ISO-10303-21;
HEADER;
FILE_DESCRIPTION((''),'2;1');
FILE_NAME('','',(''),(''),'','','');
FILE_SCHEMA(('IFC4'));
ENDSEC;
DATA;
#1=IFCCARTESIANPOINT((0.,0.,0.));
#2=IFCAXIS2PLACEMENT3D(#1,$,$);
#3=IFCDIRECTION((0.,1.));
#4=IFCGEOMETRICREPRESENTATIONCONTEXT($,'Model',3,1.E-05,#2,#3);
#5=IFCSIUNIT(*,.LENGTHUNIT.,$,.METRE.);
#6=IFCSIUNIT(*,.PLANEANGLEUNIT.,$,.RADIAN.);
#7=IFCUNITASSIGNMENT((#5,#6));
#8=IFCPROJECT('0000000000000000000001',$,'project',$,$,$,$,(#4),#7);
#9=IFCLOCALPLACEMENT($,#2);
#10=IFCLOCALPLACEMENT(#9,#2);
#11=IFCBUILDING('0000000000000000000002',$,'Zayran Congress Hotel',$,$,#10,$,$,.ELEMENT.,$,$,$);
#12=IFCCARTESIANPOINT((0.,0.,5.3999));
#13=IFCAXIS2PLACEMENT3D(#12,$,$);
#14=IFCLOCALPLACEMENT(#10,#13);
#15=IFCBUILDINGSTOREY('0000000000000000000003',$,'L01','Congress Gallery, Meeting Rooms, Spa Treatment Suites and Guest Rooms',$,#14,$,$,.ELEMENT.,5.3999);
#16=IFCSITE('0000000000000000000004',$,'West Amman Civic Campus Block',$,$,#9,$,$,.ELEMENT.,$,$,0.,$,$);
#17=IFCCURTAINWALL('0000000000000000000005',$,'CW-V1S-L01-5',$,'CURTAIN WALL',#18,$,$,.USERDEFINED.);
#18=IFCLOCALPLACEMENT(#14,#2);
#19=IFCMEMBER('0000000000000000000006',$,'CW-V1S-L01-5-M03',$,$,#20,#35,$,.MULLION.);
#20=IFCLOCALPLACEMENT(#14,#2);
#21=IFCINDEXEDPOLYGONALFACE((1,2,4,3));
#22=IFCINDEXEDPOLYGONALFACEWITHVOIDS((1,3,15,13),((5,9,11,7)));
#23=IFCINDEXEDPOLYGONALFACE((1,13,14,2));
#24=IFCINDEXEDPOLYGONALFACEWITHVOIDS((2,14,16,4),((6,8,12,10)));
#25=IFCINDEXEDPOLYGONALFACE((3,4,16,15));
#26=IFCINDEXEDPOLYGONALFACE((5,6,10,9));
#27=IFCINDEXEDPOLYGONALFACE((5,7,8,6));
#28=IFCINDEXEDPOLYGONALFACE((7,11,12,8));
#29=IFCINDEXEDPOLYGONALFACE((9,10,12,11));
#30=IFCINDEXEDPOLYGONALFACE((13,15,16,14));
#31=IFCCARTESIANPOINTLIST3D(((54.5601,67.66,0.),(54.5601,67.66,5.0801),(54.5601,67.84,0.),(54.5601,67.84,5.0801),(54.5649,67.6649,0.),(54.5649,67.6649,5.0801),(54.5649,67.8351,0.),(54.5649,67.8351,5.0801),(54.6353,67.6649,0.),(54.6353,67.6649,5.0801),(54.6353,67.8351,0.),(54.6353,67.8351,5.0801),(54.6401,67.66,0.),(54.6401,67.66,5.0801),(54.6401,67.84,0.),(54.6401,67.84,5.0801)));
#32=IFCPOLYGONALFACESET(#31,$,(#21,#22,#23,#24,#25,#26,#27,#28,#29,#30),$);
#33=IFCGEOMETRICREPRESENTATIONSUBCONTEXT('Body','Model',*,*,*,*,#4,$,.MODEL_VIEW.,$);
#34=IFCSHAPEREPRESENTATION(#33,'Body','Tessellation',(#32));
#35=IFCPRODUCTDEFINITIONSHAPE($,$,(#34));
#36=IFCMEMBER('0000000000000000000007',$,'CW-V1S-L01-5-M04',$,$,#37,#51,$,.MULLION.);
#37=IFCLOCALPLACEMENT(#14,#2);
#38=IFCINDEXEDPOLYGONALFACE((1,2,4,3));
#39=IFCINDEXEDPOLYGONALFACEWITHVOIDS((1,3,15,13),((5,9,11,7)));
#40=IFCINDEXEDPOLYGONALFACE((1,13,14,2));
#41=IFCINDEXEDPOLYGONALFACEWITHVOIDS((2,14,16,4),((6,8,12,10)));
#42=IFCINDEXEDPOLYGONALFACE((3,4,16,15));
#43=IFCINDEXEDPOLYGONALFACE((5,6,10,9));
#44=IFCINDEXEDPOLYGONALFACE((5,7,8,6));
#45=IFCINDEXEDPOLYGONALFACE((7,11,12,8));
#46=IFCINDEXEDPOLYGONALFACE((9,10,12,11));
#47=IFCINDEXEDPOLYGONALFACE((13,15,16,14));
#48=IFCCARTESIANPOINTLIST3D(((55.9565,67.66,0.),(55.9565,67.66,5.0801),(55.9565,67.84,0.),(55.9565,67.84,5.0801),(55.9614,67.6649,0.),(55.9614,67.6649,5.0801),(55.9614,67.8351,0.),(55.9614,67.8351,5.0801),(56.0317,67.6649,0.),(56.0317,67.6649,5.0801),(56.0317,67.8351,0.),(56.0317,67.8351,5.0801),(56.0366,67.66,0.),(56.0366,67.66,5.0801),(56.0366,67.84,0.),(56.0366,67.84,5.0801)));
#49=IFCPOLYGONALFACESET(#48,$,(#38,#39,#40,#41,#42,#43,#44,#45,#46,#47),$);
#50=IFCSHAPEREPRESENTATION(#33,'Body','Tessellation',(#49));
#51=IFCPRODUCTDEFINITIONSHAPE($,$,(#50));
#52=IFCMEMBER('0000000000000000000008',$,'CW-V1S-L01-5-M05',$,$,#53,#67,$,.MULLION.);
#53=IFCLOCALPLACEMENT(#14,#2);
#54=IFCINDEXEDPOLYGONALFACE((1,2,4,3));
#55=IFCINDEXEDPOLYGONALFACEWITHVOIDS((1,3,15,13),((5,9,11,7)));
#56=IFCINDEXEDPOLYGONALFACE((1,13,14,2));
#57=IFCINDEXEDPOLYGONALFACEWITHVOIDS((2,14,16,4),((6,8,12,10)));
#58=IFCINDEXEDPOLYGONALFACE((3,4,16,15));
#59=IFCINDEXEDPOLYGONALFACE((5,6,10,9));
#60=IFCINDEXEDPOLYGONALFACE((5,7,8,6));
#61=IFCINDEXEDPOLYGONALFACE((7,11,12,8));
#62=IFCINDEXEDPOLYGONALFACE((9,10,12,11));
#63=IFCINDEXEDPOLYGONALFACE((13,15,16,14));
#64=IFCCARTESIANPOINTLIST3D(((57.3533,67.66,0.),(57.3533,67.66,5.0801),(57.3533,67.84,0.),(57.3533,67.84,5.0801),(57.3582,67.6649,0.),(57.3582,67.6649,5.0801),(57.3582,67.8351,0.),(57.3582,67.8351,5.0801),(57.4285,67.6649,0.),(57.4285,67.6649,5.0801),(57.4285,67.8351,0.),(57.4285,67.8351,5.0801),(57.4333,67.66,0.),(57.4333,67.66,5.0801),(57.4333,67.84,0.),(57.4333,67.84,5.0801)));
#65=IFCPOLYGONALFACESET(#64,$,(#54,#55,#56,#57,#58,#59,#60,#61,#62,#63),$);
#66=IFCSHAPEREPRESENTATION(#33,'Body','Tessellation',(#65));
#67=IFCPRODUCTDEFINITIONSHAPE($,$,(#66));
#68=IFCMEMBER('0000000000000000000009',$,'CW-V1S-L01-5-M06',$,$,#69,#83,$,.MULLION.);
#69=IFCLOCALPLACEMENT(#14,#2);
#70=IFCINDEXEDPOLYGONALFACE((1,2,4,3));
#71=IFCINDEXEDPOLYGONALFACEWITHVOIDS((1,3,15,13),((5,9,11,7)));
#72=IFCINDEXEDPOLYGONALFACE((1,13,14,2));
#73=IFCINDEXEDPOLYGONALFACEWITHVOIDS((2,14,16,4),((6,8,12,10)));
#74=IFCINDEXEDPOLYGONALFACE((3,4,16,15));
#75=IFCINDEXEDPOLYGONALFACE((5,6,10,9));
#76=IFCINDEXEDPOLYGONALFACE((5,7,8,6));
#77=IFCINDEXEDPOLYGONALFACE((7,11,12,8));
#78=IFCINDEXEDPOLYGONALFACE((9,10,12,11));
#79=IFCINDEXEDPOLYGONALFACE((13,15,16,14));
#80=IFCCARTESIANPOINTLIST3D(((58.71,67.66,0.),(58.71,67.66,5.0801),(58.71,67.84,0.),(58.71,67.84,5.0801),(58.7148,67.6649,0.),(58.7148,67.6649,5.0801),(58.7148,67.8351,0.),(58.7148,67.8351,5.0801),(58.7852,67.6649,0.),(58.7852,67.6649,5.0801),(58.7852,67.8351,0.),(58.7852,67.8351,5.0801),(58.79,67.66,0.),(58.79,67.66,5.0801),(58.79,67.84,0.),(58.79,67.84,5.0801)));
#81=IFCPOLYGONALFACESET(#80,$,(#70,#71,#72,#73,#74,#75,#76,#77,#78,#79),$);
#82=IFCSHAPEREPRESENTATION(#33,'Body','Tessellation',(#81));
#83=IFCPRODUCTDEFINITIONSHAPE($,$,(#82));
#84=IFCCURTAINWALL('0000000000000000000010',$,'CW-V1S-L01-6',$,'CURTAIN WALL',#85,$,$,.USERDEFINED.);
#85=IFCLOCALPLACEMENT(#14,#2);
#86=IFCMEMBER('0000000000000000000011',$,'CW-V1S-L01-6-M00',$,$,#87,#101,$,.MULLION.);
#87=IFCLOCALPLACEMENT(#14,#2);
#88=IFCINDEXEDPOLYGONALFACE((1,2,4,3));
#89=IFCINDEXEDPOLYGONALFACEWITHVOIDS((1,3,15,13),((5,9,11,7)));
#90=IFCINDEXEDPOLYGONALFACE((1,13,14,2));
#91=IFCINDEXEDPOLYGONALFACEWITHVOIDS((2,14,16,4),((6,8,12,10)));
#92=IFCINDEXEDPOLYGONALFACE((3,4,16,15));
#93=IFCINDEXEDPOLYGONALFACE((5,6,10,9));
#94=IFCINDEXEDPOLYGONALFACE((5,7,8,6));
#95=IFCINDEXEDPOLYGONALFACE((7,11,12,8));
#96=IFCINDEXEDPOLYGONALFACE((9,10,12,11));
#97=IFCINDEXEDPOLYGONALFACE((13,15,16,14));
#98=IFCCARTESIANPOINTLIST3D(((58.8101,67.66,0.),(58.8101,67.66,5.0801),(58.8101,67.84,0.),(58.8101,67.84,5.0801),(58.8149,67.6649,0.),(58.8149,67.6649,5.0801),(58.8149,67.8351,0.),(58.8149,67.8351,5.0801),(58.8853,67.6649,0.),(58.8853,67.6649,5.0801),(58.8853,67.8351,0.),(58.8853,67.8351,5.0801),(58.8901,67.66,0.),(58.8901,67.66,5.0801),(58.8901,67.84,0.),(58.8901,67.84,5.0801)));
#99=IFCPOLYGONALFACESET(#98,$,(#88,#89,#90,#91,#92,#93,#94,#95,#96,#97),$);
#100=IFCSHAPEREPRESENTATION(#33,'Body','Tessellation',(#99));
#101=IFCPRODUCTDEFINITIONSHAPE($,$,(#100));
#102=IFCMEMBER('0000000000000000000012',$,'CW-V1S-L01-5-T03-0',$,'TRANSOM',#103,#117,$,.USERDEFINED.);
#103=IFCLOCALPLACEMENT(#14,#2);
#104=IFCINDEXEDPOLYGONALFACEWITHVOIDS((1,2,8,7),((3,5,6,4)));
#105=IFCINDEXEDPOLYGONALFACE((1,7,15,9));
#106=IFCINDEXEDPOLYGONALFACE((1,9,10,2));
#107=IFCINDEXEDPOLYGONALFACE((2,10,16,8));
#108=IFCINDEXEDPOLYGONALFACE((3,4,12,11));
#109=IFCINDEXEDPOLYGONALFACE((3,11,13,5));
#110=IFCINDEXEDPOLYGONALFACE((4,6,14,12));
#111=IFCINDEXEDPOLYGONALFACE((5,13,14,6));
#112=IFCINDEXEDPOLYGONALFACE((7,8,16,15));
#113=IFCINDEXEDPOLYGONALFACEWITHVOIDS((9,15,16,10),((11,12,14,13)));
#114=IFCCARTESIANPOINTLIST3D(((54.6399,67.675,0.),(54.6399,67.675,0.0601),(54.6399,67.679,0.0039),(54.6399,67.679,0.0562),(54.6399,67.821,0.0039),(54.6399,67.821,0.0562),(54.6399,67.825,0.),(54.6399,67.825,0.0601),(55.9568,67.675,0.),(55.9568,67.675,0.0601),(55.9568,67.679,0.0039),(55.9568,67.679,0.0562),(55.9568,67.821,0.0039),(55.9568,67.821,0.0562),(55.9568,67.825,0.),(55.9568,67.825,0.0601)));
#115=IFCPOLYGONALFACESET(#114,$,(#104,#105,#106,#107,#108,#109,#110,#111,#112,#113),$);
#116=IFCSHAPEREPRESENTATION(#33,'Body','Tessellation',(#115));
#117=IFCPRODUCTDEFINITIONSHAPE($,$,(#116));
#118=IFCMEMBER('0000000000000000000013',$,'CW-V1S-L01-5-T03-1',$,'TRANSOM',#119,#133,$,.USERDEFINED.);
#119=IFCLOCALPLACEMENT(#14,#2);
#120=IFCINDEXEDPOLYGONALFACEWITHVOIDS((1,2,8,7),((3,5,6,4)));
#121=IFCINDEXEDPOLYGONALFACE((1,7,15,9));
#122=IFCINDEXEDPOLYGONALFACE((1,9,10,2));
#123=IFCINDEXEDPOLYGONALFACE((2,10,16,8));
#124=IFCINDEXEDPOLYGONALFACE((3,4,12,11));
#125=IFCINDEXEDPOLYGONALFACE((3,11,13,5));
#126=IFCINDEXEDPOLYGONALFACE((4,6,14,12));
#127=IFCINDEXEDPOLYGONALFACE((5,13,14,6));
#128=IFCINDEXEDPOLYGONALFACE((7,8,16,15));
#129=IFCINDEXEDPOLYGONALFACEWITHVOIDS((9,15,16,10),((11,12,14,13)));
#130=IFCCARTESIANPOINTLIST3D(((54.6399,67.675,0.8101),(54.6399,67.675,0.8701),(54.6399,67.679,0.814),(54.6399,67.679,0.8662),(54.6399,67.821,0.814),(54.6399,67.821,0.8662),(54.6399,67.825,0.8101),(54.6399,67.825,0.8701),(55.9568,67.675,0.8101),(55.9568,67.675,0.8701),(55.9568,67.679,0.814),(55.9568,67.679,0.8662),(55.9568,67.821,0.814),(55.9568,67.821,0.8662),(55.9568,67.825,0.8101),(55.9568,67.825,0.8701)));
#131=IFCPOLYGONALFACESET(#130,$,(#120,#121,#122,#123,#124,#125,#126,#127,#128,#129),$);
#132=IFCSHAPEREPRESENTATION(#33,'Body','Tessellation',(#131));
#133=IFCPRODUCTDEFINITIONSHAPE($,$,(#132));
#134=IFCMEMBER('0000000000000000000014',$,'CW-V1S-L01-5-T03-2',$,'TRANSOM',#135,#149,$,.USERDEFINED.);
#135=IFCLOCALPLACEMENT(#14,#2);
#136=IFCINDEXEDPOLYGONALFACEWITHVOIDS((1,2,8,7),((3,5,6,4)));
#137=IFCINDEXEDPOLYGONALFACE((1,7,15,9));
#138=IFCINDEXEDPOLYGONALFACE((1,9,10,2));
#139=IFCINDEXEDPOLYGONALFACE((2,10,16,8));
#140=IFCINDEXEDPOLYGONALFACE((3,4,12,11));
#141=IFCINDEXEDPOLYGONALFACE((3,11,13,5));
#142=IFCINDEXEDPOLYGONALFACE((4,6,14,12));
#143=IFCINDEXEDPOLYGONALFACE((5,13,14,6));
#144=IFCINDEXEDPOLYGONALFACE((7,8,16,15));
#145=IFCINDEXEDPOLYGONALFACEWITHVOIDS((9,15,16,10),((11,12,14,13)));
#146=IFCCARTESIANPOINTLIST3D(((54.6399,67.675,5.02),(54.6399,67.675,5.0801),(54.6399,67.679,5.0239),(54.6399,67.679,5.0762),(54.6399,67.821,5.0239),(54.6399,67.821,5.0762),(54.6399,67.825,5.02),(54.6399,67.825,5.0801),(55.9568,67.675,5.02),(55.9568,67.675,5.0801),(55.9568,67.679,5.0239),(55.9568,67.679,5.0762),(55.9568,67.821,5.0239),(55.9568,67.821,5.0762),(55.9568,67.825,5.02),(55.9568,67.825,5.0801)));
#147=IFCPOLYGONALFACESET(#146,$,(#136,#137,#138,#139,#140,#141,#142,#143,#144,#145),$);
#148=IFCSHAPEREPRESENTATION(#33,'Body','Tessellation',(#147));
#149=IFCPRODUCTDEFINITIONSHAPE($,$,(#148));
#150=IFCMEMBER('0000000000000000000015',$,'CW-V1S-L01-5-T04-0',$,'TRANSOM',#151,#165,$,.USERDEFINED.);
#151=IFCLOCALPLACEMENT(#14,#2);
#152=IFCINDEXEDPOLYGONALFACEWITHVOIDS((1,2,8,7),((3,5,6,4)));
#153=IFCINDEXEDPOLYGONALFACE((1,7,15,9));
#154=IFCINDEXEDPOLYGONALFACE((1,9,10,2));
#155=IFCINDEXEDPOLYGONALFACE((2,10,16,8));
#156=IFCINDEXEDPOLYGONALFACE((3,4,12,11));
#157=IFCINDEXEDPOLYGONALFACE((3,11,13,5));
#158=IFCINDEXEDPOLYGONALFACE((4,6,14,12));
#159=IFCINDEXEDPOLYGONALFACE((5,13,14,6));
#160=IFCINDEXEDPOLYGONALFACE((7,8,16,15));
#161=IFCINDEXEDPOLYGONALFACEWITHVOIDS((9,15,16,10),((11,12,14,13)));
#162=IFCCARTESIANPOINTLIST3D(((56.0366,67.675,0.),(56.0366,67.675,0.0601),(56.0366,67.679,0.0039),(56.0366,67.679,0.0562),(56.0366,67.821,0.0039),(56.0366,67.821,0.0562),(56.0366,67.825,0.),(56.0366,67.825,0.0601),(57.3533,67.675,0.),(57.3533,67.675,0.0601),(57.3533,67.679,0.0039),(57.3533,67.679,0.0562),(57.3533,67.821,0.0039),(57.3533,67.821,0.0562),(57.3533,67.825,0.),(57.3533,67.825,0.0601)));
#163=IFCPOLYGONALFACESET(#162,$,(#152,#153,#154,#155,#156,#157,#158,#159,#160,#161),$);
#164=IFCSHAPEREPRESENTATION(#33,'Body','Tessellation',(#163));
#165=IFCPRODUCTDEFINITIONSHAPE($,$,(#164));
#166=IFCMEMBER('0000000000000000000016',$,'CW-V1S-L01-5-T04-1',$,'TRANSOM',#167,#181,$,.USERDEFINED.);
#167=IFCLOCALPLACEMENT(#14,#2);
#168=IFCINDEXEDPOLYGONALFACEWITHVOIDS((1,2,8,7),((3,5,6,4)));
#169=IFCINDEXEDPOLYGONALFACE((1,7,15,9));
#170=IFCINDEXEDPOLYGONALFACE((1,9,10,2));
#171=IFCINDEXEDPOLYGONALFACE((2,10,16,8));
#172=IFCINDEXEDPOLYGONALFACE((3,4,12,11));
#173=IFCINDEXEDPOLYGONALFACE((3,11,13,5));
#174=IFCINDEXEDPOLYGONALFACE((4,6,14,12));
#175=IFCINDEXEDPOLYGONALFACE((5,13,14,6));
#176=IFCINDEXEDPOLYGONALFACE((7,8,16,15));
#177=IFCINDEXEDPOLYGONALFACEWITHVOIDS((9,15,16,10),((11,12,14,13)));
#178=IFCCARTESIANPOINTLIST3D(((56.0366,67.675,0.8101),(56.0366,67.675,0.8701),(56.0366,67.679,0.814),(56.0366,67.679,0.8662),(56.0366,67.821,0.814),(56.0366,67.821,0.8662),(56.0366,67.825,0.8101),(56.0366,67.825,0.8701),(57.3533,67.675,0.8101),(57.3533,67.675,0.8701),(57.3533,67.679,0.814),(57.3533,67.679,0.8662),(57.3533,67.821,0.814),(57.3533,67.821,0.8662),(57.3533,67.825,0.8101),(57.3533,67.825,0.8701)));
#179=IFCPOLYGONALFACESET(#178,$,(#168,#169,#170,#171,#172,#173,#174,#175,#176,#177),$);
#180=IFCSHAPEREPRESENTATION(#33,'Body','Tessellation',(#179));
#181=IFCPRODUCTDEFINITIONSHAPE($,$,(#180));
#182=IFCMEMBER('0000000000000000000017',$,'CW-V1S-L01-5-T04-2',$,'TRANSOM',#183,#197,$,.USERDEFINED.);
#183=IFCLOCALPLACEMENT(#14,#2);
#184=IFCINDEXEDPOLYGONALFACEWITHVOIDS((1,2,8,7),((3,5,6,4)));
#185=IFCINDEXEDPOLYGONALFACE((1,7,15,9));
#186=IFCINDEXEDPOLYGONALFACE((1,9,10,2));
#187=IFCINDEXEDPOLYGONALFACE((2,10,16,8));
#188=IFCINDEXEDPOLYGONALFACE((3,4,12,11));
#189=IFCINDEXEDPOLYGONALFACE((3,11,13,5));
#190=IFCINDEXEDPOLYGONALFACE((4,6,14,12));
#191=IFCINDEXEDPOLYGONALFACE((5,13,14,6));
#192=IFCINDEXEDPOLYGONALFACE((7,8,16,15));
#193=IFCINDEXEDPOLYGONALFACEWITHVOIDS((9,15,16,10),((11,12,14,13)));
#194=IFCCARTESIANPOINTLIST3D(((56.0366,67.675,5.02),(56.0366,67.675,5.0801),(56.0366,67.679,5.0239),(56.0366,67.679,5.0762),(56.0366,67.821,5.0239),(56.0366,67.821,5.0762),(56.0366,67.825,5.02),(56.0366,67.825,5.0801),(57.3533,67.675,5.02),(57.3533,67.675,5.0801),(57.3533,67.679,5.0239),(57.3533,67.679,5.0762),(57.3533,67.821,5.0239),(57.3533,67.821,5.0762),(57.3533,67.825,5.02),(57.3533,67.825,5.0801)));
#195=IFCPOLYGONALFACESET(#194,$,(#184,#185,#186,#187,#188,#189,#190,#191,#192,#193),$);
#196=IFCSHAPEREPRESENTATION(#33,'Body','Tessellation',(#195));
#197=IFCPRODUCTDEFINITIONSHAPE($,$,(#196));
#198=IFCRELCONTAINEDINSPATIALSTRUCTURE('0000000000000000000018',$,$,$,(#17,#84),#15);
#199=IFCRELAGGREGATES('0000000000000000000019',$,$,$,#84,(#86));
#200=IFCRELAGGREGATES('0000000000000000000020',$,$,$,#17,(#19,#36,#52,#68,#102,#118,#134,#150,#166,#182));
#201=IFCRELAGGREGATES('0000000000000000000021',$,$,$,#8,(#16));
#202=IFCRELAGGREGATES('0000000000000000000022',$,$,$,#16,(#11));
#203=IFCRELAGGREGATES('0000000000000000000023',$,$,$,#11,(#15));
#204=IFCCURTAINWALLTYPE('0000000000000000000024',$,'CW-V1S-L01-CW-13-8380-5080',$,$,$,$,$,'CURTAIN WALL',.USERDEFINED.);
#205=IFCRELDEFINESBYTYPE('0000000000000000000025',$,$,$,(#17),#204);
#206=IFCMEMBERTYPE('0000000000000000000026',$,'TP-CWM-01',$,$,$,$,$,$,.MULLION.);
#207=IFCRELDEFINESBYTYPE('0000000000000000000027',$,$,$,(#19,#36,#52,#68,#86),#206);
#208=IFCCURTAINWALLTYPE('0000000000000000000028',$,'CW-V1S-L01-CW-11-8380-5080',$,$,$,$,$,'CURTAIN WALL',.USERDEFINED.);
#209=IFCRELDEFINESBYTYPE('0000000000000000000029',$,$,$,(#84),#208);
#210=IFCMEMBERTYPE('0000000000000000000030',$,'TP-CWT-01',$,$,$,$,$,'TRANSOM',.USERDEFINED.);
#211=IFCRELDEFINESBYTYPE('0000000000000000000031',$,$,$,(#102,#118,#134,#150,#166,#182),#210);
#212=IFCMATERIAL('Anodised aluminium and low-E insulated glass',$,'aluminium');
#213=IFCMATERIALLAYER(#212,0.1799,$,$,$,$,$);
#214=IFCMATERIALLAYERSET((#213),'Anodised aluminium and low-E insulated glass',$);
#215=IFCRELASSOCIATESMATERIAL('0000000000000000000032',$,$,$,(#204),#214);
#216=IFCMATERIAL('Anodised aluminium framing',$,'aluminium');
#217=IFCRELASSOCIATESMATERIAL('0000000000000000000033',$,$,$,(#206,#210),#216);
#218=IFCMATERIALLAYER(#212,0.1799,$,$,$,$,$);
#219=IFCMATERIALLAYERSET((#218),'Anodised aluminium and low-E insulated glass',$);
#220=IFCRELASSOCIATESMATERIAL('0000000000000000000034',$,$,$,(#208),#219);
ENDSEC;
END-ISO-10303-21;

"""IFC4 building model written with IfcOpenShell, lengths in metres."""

from ifc_helpers import new_model, si_unit, direction, frame, origin, origin_2d, place, context, subcontext, project, spatial, hollow_rectangle, extrude, material, layer, layer_set, material_profile, profile_set, type_object, element, aggregate, save


model = new_model("IFC4")

# Units and contexts
model_context = context("Model", 3, precision=1e-05, world=origin(), true_north=direction((0.0, 1.0)))
body_context = subcontext(model_context, "Body", "Model", "MODEL_VIEW")
ifc_project = project(units=[si_unit("LENGTHUNIT", "METRE"), si_unit("PLANEANGLEUNIT", "RADIAN")], contexts=[model_context])

# Site, building, storey
site_placement = place(None, origin())
site = spatial("IfcSite", under=ifc_project, at=site_placement, Name="West Amman Civic Campus Block", CompositionType="ELEMENT", RefElevation=0.0)
building_placement = place(site_placement, origin())
building = spatial("IfcBuilding", under=site, at=building_placement, Name="Zayran Congress Hotel", CompositionType="ELEMENT")
storey_placement = place(building_placement, frame((0.0, 0.0, 5.3999)))
storey = spatial("IfcBuildingStorey", under=building, at=storey_placement, Name="L01", Description="Congress Gallery, Meeting Rooms, Spa Treatment Suites and Guest Rooms", CompositionType="ELEMENT", Elevation=5.3999)

# Curtain wall, members
ifc_material_1 = material(Name="Anodised aluminium and low-E insulated glass", Category="aluminium")
ifc_layer_1 = layer(ifc_material_1, 0.1799)
ifc_layer_set_1 = layer_set([ifc_layer_1], Name="Anodised aluminium and low-E insulated glass")
curtain_wall_type_1 = type_object("IfcCurtainWallType", Name="CW-V1S-L01-CW-13-8380-5080", ElementType="CURTAIN WALL", PredefinedType="USERDEFINED", material=ifc_layer_set_1)
curtain_wall_1_placement = place(storey_placement, origin())
curtain_wall_1 = element("IfcCurtainWall", 1, at=curtain_wall_1_placement, inside=storey, type_object=curtain_wall_type_1, Name="CW-V1S-L01-5", ObjectType="CURTAIN WALL", PredefinedType="USERDEFINED")
ifc_material_2 = material(Name="Anodised aluminium framing", Category="aluminium")
ifc_material_profile_1 = material_profile(ifc_material_2, hollow_rectangle(XDim=0.0801, YDim=0.1799, WallThickness=0.0049, at=origin_2d()), Name="RHS 180x80x5")
ifc_profile_set_1 = profile_set([ifc_material_profile_1], Name="Anodised aluminium framing")
member_type_1 = type_object("IfcMemberType", Name="TP-CWM-01", PredefinedType="MULLION", material=ifc_profile_set_1)
member_1_placement = place(storey_placement, frame((54.6001, 67.75, 0.0), z_axis=(0.0, 0.0, 1.0), x_axis=(1.0, 0.0, 0.0)))
member_1 = element("IfcMember", 2, at=member_1_placement, type_object=member_type_1, Name="CW-V1S-L01-5-M03", PredefinedType="MULLION", context=body_context, shape_type="SweptSolid", body=[
    extrude(hollow_rectangle(XDim=0.0801, YDim=0.1799, WallThickness=0.0049, at=origin_2d()), origin(), (0.0, 0.0, 1.0), 5.0801),
])
member_2_placement = place(storey_placement, frame((55.9966, 67.75, 0.0), z_axis=(0.0, 0.0, 1.0), x_axis=(1.0, 0.0, 0.0)))
member_2 = element("IfcMember", 3, at=member_2_placement, type_object=member_type_1, Name="CW-V1S-L01-5-M04", PredefinedType="MULLION", context=body_context, shape_type="SweptSolid", body=[
    extrude(hollow_rectangle(XDim=0.0801, YDim=0.1799, WallThickness=0.0049, at=origin_2d()), origin(), (0.0, 0.0, 1.0), 5.0801),
])
member_3_placement = place(storey_placement, frame((57.3933, 67.75, 0.0), z_axis=(0.0, 0.0, 1.0), x_axis=(1.0, 0.0, 0.0)))
member_3 = element("IfcMember", 4, at=member_3_placement, type_object=member_type_1, Name="CW-V1S-L01-5-M05", PredefinedType="MULLION", context=body_context, shape_type="SweptSolid", body=[
    extrude(hollow_rectangle(XDim=0.0801, YDim=0.1799, WallThickness=0.0049, at=origin_2d()), origin(), (0.0, 0.0, 1.0), 5.0801),
])
member_4_placement = place(storey_placement, frame((58.75, 67.75, 0.0), z_axis=(0.0, 0.0, 1.0), x_axis=(1.0, 0.0, 0.0)))
member_4 = element("IfcMember", 5, at=member_4_placement, type_object=member_type_1, Name="CW-V1S-L01-5-M06", PredefinedType="MULLION", context=body_context, shape_type="SweptSolid", body=[
    extrude(hollow_rectangle(XDim=0.0801, YDim=0.1799, WallThickness=0.0049, at=origin_2d()), origin(), (0.0, 0.0, 1.0), 5.0801),
])

# Curtain wall, member
ifc_layer_2 = layer(ifc_material_1, 0.1799)
ifc_layer_set_2 = layer_set([ifc_layer_2], Name="Anodised aluminium and low-E insulated glass")
curtain_wall_type_2 = type_object("IfcCurtainWallType", Name="CW-V1S-L01-CW-11-8380-5080", ElementType="CURTAIN WALL", PredefinedType="USERDEFINED", material=ifc_layer_set_2)
curtain_wall_2_placement = place(storey_placement, origin())
curtain_wall_2 = element("IfcCurtainWall", 6, at=curtain_wall_2_placement, inside=storey, type_object=curtain_wall_type_2, Name="CW-V1S-L01-6", ObjectType="CURTAIN WALL", PredefinedType="USERDEFINED")
member_5_placement = place(storey_placement, frame((58.8501, 67.75, 0.0), z_axis=(0.0, 0.0, 1.0), x_axis=(1.0, 0.0, 0.0)))
member_5 = element("IfcMember", 7, at=member_5_placement, type_object=member_type_1, Name="CW-V1S-L01-6-M00", PredefinedType="MULLION", context=body_context, shape_type="SweptSolid", body=[
    extrude(hollow_rectangle(XDim=0.0801, YDim=0.1799, WallThickness=0.0049, at=origin_2d()), origin(), (0.0, 0.0, 1.0), 5.0801),
])

# Members
ifc_material_profile_2 = material_profile(ifc_material_2, hollow_rectangle(XDim=0.0601, YDim=0.1499, WallThickness=0.0039, at=origin_2d()), Name="RHS 150x60x4")
ifc_profile_set_2 = profile_set([ifc_material_profile_2], Name="Anodised aluminium framing")
member_type_2 = type_object("IfcMemberType", Name="TP-CWT-01", ElementType="TRANSOM", PredefinedType="USERDEFINED", material=ifc_profile_set_2)
member_6_placement = place(storey_placement, frame((54.6399, 67.75, 0.03), z_axis=(1.0, 0.0, 0.0), x_axis=(0.0, 0.0, 1.0)))
member_6 = element("IfcMember", 8, at=member_6_placement, type_object=member_type_2, Name="CW-V1S-L01-5-T03-0", ObjectType="TRANSOM", PredefinedType="USERDEFINED", context=body_context, shape_type="SweptSolid", body=[
    extrude(hollow_rectangle(XDim=0.0601, YDim=0.1499, WallThickness=0.0039, at=origin_2d()), origin(), (0.0, 0.0, 1.0), 1.3169),
])
member_7_placement = place(storey_placement, frame((54.6399, 67.75, 0.8401), z_axis=(1.0, 0.0, 0.0), x_axis=(0.0, 0.0, 1.0)))
member_7 = element("IfcMember", 9, at=member_7_placement, type_object=member_type_2, Name="CW-V1S-L01-5-T03-1", ObjectType="TRANSOM", PredefinedType="USERDEFINED", context=body_context, shape_type="SweptSolid", body=[
    extrude(hollow_rectangle(XDim=0.0601, YDim=0.1499, WallThickness=0.0039, at=origin_2d()), origin(), (0.0, 0.0, 1.0), 1.3169),
])
member_8_placement = place(storey_placement, frame((54.6399, 67.75, 5.05), z_axis=(1.0, 0.0, 0.0), x_axis=(0.0, 0.0, 1.0)))
member_8 = element("IfcMember", 10, at=member_8_placement, type_object=member_type_2, Name="CW-V1S-L01-5-T03-2", ObjectType="TRANSOM", PredefinedType="USERDEFINED", context=body_context, shape_type="SweptSolid", body=[
    extrude(hollow_rectangle(XDim=0.0601, YDim=0.1499, WallThickness=0.0039, at=origin_2d()), origin(), (0.0, 0.0, 1.0), 1.3169),
])
member_9_placement = place(storey_placement, frame((56.0366, 67.75, 0.03), z_axis=(1.0, 0.0, 0.0), x_axis=(0.0, 0.0, 1.0)))
member_9 = element("IfcMember", 11, at=member_9_placement, type_object=member_type_2, Name="CW-V1S-L01-5-T04-0", ObjectType="TRANSOM", PredefinedType="USERDEFINED", context=body_context, shape_type="SweptSolid", body=[
    extrude(hollow_rectangle(XDim=0.0601, YDim=0.1499, WallThickness=0.0039, at=origin_2d()), origin(), (0.0, 0.0, 1.0), 1.3167),
])
member_10_placement = place(storey_placement, frame((56.0366, 67.75, 0.8401), z_axis=(1.0, 0.0, 0.0), x_axis=(0.0, 0.0, 1.0)))
member_10 = element("IfcMember", 12, at=member_10_placement, type_object=member_type_2, Name="CW-V1S-L01-5-T04-1", ObjectType="TRANSOM", PredefinedType="USERDEFINED", context=body_context, shape_type="SweptSolid", body=[
    extrude(hollow_rectangle(XDim=0.0601, YDim=0.1499, WallThickness=0.0039, at=origin_2d()), origin(), (0.0, 0.0, 1.0), 1.3167),
])
member_11_placement = place(storey_placement, frame((56.0366, 67.75, 5.05), z_axis=(1.0, 0.0, 0.0), x_axis=(0.0, 0.0, 1.0)))
member_11 = element("IfcMember", 13, at=member_11_placement, type_object=member_type_2, Name="CW-V1S-L01-5-T04-2", ObjectType="TRANSOM", PredefinedType="USERDEFINED", context=body_context, shape_type="SweptSolid", body=[
    extrude(hollow_rectangle(XDim=0.0601, YDim=0.1499, WallThickness=0.0039, at=origin_2d()), origin(), (0.0, 0.0, 1.0), 1.3167),
])
aggregate(curtain_wall_2, [member_5])

aggregate(curtain_wall_1, [member_1, member_2, member_3, member_4, member_6, member_7, member_8, member_9, member_10, member_11])

save(model, "model.ifc")
